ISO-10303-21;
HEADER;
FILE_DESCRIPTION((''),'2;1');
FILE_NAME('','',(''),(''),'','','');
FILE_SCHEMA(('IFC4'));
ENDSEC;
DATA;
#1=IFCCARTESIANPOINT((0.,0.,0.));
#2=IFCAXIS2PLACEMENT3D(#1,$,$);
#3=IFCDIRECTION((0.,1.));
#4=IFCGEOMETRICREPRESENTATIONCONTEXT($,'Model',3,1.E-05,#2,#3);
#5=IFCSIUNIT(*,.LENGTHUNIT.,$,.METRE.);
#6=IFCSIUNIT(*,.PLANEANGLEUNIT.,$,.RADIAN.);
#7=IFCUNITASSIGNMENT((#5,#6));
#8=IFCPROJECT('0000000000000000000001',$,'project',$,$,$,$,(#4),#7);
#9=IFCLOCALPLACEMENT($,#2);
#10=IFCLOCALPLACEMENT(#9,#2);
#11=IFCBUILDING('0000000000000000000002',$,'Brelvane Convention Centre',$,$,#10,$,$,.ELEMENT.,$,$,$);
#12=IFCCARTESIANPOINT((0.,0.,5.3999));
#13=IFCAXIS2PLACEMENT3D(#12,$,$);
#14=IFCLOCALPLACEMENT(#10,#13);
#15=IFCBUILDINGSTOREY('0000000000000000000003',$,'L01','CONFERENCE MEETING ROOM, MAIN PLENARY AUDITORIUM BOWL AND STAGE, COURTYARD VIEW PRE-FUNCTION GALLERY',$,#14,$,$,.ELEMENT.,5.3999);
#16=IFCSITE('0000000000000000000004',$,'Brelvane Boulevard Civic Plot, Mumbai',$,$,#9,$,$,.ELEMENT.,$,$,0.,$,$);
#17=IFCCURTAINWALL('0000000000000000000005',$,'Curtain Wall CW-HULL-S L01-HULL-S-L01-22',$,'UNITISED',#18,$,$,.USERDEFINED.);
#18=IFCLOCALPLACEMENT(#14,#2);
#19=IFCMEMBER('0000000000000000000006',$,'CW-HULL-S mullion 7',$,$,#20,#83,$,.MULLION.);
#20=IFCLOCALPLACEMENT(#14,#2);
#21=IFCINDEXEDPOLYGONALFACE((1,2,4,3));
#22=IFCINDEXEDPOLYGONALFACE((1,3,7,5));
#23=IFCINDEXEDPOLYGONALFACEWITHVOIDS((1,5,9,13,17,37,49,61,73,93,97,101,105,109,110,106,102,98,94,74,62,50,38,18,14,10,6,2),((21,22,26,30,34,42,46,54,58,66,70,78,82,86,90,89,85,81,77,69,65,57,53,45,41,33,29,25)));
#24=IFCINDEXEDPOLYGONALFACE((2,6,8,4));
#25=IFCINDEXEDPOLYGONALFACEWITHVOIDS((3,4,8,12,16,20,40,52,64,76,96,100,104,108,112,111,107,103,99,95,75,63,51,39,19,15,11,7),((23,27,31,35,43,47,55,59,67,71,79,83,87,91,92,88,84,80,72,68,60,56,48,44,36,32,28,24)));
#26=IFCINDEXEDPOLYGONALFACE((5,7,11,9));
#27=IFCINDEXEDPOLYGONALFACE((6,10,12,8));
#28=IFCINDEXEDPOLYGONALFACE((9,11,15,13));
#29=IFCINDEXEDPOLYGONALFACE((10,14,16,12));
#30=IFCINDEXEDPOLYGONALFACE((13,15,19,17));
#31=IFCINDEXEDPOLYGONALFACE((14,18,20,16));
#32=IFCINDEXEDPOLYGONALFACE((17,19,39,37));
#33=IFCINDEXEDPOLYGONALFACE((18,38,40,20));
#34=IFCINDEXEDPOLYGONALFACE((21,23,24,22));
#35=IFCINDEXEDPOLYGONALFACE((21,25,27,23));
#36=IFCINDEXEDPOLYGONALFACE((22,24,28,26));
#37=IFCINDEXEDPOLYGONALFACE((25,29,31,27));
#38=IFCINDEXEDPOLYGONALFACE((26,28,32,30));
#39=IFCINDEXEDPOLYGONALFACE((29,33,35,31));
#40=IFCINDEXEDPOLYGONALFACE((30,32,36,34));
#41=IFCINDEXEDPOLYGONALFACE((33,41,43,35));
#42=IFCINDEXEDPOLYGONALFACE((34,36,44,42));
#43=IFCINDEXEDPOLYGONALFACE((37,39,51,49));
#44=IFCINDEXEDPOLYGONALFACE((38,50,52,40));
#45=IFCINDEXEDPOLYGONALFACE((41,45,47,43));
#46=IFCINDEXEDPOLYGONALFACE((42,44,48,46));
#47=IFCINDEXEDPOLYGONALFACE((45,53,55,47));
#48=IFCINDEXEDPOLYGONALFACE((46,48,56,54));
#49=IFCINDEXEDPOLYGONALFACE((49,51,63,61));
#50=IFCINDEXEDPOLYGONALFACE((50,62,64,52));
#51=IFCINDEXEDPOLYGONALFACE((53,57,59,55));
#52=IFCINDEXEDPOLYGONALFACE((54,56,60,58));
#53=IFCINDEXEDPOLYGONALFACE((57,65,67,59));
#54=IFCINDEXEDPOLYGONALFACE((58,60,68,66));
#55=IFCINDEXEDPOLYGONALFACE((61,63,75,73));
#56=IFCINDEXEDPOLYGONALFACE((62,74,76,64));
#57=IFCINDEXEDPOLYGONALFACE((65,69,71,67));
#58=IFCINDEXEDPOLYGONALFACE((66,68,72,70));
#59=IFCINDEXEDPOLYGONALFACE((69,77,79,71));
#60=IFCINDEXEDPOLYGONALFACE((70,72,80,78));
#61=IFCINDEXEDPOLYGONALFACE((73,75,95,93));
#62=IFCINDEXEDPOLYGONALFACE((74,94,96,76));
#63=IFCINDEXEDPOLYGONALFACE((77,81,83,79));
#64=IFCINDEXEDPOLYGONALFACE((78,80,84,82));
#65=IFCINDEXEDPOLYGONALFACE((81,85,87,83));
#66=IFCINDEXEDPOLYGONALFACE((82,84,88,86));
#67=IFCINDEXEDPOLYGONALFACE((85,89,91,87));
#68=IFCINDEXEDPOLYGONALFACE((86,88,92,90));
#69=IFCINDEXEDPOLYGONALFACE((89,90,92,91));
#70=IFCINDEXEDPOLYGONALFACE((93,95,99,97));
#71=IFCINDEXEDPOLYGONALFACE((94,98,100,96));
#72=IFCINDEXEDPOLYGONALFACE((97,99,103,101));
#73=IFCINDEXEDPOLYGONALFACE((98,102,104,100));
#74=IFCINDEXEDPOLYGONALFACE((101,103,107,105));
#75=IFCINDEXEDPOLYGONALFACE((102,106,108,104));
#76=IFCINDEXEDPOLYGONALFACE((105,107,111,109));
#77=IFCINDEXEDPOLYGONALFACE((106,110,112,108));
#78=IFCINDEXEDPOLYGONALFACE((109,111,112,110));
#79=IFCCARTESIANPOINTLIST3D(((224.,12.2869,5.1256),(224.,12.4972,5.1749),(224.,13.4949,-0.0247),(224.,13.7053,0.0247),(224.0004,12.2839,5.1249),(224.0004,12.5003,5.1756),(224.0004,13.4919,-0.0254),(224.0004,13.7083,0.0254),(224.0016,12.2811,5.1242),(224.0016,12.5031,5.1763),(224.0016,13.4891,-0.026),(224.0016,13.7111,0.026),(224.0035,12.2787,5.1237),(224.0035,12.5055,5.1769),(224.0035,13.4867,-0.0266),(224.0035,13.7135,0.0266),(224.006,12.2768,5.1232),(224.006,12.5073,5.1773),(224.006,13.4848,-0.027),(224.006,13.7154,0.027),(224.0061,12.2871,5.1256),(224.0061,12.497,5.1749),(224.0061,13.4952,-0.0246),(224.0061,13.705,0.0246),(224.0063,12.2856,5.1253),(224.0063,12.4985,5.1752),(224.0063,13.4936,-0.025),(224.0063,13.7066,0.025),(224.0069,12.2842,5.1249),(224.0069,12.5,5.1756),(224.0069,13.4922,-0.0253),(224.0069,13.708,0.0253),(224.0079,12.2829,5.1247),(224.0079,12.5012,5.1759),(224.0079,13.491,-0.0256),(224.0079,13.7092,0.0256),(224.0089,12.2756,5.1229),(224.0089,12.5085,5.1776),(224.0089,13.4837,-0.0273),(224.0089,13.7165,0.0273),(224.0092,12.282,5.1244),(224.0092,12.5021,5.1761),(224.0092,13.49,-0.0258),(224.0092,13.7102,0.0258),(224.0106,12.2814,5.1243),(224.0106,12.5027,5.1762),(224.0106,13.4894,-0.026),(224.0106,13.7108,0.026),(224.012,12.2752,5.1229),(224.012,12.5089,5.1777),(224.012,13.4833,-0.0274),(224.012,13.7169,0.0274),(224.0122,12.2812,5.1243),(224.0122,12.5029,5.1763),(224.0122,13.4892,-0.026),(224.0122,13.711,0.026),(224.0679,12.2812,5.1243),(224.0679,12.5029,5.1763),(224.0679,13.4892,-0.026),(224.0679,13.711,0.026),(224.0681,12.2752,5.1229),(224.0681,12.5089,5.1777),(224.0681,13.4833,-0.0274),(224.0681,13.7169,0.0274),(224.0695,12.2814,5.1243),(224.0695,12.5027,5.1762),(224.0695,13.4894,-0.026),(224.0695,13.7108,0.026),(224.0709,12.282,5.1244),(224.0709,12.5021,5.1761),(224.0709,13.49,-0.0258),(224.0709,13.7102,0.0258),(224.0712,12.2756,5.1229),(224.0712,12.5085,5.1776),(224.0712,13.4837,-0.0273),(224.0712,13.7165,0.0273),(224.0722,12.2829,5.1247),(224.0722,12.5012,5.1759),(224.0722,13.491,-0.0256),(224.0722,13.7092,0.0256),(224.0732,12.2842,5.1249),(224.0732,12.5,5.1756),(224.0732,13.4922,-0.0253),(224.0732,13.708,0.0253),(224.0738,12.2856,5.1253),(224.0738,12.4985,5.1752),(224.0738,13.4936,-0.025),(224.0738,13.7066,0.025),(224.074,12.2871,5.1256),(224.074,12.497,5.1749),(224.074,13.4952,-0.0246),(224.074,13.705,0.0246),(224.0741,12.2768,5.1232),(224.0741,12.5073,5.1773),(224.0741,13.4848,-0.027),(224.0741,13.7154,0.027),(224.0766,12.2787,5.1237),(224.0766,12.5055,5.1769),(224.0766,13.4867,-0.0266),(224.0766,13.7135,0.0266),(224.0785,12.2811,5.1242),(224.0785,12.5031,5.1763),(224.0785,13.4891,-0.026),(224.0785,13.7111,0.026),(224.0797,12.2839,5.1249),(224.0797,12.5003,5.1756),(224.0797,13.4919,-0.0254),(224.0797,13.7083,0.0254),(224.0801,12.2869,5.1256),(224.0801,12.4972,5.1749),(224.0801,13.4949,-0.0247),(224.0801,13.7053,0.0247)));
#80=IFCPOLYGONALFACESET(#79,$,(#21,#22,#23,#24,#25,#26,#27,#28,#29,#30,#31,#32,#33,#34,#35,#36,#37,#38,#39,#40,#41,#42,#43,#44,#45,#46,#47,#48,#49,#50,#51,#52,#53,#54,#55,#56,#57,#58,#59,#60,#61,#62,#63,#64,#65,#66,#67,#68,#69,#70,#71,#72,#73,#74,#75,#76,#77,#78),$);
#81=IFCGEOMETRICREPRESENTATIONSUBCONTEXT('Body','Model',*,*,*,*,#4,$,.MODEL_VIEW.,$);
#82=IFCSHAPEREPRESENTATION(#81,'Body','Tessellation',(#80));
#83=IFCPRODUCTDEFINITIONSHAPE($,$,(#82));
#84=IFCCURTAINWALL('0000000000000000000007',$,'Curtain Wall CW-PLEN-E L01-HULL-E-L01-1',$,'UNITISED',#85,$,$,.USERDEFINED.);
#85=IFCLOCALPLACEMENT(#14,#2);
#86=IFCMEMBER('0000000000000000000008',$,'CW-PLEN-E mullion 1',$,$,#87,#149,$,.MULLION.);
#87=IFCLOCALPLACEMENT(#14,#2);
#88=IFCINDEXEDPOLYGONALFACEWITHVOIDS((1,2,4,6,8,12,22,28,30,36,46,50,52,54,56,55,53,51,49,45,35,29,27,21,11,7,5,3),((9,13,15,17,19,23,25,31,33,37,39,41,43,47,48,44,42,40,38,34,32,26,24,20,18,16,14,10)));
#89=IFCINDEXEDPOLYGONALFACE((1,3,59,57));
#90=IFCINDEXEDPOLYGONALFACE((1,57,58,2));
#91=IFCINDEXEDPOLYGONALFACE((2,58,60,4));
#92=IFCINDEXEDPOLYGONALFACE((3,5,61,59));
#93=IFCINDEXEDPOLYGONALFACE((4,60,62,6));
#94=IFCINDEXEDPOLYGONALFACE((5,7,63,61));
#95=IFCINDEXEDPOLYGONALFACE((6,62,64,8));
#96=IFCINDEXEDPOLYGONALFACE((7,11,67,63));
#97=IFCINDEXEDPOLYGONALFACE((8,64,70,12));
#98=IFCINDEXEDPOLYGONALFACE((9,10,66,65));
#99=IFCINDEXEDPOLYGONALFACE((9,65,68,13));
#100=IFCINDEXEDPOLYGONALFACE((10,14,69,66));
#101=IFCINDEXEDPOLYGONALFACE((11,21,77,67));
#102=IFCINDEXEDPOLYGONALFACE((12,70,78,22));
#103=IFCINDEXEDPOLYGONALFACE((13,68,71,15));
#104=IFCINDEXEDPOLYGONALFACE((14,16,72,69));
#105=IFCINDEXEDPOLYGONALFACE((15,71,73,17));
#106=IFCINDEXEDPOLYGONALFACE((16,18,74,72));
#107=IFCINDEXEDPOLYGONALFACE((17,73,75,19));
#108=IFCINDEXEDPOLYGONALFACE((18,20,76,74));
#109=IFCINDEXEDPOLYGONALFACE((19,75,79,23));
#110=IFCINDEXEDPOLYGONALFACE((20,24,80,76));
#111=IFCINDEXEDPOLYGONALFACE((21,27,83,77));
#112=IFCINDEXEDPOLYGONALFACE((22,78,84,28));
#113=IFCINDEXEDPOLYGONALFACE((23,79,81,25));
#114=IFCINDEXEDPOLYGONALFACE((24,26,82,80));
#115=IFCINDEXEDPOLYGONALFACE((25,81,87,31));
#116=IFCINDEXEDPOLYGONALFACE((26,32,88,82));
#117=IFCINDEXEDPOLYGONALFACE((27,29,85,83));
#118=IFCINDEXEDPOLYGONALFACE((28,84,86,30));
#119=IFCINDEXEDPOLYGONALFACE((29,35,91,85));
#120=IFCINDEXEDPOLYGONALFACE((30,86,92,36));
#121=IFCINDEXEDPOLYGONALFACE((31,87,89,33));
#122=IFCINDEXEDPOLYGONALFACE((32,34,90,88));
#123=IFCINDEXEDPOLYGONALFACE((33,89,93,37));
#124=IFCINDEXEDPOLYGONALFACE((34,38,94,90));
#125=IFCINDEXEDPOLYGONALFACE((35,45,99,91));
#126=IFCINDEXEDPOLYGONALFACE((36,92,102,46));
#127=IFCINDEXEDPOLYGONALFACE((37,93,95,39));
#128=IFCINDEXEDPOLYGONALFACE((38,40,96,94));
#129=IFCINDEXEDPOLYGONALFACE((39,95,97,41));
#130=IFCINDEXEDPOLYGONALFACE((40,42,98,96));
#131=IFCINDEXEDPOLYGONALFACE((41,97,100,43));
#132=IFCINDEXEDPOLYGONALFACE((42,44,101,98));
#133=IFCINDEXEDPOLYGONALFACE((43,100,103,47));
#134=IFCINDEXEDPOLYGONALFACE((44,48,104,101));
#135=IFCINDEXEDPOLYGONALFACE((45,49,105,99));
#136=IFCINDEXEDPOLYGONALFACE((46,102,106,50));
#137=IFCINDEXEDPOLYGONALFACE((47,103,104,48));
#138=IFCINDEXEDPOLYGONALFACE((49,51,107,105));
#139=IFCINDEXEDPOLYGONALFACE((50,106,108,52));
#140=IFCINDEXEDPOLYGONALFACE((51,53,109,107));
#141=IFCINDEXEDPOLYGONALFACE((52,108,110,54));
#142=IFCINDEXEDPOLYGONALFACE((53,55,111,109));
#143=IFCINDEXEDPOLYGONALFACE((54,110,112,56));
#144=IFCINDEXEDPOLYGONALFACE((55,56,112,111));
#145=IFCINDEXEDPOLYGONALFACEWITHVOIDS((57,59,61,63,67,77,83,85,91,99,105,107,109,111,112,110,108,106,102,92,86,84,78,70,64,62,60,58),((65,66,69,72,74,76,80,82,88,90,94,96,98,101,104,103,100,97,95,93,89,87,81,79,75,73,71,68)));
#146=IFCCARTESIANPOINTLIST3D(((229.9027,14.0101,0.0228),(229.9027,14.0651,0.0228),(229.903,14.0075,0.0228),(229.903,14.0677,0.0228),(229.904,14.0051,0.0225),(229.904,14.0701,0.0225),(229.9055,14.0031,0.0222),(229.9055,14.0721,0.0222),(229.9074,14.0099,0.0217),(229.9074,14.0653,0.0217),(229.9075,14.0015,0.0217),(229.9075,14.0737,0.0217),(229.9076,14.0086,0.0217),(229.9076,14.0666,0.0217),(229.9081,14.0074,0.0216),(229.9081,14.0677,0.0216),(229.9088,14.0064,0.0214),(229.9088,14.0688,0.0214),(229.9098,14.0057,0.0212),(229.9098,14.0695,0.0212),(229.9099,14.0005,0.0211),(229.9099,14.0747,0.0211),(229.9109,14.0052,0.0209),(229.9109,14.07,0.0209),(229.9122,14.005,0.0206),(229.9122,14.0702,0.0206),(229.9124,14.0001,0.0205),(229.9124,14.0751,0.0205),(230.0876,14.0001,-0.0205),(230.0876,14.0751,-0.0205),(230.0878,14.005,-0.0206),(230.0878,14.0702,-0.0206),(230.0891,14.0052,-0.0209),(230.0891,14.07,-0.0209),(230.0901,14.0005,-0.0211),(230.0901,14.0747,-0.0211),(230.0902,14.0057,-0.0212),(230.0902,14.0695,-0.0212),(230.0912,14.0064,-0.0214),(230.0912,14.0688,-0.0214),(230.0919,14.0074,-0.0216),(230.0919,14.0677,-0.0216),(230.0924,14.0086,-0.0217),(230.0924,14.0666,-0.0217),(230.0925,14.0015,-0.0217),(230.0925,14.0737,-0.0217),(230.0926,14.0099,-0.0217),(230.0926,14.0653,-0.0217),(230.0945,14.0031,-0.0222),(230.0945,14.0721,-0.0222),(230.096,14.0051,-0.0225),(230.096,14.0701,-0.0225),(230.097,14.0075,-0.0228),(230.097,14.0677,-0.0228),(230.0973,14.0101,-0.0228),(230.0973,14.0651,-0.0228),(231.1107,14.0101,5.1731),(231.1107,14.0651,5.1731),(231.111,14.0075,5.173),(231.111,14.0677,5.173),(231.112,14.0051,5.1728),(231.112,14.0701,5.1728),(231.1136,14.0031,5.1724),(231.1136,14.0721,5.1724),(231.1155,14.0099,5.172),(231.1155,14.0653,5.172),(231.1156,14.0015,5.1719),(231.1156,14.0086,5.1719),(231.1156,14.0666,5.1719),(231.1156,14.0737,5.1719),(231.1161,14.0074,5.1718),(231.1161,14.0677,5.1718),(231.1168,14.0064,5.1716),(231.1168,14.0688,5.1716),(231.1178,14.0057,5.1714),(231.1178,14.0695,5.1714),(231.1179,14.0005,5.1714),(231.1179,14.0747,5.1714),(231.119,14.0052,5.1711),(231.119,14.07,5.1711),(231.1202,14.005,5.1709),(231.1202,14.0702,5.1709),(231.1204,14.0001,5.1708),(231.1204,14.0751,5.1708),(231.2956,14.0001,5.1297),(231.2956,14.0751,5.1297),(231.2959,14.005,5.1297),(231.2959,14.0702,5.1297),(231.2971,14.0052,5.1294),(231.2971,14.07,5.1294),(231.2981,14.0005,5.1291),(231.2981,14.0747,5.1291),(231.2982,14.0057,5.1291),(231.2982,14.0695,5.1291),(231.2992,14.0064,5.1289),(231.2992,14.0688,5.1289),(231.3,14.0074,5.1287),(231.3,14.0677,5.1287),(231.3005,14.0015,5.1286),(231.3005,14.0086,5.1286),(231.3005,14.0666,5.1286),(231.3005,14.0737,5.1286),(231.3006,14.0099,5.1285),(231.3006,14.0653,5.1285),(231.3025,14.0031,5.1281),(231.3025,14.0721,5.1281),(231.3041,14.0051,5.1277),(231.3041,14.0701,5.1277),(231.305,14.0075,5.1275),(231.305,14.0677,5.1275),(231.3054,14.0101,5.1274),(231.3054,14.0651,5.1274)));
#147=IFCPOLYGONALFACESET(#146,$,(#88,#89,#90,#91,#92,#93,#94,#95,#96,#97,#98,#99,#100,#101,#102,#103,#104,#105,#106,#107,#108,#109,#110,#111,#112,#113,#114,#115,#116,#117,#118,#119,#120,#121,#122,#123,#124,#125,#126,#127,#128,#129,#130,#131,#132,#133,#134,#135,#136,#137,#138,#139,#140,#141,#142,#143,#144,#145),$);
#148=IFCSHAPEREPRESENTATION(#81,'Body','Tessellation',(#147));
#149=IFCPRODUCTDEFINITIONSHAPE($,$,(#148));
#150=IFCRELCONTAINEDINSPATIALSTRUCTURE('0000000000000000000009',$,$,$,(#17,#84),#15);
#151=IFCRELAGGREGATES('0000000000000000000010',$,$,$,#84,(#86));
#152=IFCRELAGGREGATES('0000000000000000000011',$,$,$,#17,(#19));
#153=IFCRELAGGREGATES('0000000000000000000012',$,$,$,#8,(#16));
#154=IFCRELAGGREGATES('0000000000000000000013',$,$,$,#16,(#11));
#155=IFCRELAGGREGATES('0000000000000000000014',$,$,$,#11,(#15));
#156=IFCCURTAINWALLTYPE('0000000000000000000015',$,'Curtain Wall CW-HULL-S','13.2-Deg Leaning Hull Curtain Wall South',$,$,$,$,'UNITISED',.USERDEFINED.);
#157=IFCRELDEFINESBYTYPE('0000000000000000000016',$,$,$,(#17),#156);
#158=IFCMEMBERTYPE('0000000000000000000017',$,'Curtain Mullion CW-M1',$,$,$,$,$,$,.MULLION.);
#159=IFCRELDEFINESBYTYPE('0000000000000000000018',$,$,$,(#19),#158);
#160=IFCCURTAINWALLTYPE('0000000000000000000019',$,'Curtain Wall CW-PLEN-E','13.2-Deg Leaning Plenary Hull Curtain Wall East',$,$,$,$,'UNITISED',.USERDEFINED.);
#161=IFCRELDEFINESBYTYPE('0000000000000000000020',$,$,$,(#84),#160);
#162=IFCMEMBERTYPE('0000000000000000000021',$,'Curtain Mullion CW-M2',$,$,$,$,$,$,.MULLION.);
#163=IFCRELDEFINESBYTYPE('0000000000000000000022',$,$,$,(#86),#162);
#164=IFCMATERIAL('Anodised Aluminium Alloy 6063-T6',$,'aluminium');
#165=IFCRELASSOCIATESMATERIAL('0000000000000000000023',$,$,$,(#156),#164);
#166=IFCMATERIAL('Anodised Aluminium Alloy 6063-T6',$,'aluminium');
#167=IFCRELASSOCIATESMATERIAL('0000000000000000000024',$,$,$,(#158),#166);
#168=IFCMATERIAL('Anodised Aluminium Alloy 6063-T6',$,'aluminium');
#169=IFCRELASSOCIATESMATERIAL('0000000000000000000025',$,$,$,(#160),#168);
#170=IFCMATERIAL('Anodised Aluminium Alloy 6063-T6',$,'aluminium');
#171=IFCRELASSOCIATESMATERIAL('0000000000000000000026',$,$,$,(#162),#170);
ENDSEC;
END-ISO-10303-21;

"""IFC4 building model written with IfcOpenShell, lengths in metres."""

from ifc_helpers import new_model, si_unit, direction, frame, origin, origin_2d, place, context, subcontext, project, spatial, hollow_rectangle, extrude, material, material_profile, profile_set, type_object, element, aggregate, save


model = new_model("IFC4")

# Units and contexts
model_context = context("Model", 3, precision=1e-05, world=origin(), true_north=direction((0.0, 1.0)))
body_context = subcontext(model_context, "Body", "Model", "MODEL_VIEW")
ifc_project = project(units=[si_unit("LENGTHUNIT", "METRE"), si_unit("PLANEANGLEUNIT", "RADIAN")], contexts=[model_context])

# Site, building, storey
site_placement = place(None, origin())
site = spatial("IfcSite", under=ifc_project, at=site_placement, Name="Brelvane Boulevard Civic Plot, Mumbai", CompositionType="ELEMENT", RefElevation=0.0)
building_placement = place(site_placement, origin())
building = spatial("IfcBuilding", under=site, at=building_placement, Name="Brelvane Convention Centre", CompositionType="ELEMENT")
storey_placement = place(building_placement, frame((0.0, 0.0, 5.3999)))
storey = spatial("IfcBuildingStorey", under=building, at=storey_placement, Name="L01", Description="CONFERENCE MEETING ROOM, MAIN PLENARY AUDITORIUM BOWL AND STAGE, COURTYARD VIEW PRE-FUNCTION GALLERY", CompositionType="ELEMENT", Elevation=5.3999)

# Curtain wall, member
ifc_material_1 = material(Name="Anodised Aluminium Alloy 6063-T6", Category="aluminium")
curtain_wall_type_1 = type_object("IfcCurtainWallType", Name="Curtain Wall CW-HULL-S", Description="13.2-Deg Leaning Hull Curtain Wall South", ElementType="UNITISED", PredefinedType="USERDEFINED", material=ifc_material_1)
curtain_wall_1_placement = place(storey_placement, origin())
curtain_wall_1 = element("IfcCurtainWall", 1, at=curtain_wall_1_placement, inside=storey, type_object=curtain_wall_type_1, Name="Curtain Wall CW-HULL-S L01-HULL-S-L01-22", ObjectType="UNITISED", PredefinedType="USERDEFINED")
ifc_material_2 = material(Name="Anodised Aluminium Alloy 6063-T6", Category="aluminium")
ifc_material_profile_1 = material_profile(ifc_material_2, hollow_rectangle(XDim=0.0801, YDim=0.24, WallThickness=0.0061, InnerFilletRadius=0.0061, OuterFilletRadius=0.012, at=origin_2d()), Name="ALU-M 240x80x6.0")
ifc_profile_set_1 = profile_set([ifc_material_profile_1], Name="Anodised Aluminium Alloy 6063-T6")
member_type_1 = type_object("IfcMemberType", Name="Curtain Mullion CW-M1", PredefinedType="MULLION", material=ifc_profile_set_1)
member_1_placement = place(storey_placement, frame((224.04, 13.6001, 0.0), z_axis=(0.0, -0.22836, 0.973577), x_axis=(1.0, 0.0, 0.0)))
member_1 = element("IfcMember", 2, at=member_1_placement, type_object=member_type_1, Name="CW-HULL-S mullion 7", PredefinedType="MULLION", context=body_context, shape_type="SweptSolid", body=[
    extrude(hollow_rectangle(XDim=0.0801, YDim=0.24, WallThickness=0.0061, InnerFilletRadius=0.0061, OuterFilletRadius=0.012, at=origin_2d()), origin(), (0.0, 0.0, 1.0), 5.29),
])

# Curtain wall, member
ifc_material_3 = material(Name="Anodised Aluminium Alloy 6063-T6", Category="aluminium")
curtain_wall_type_2 = type_object("IfcCurtainWallType", Name="Curtain Wall CW-PLEN-E", Description="13.2-Deg Leaning Plenary Hull Curtain Wall East", ElementType="UNITISED", PredefinedType="USERDEFINED", material=ifc_material_3)
curtain_wall_2_placement = place(storey_placement, origin())
curtain_wall_2 = element("IfcCurtainWall", 3, at=curtain_wall_2_placement, inside=storey, type_object=curtain_wall_type_2, Name="Curtain Wall CW-PLEN-E L01-HULL-E-L01-1", ObjectType="UNITISED", PredefinedType="USERDEFINED")
ifc_material_4 = material(Name="Anodised Aluminium Alloy 6063-T6", Category="aluminium")
ifc_material_profile_2 = material_profile(ifc_material_4, hollow_rectangle(XDim=0.075, YDim=0.2, WallThickness=0.0049, InnerFilletRadius=0.0049, OuterFilletRadius=0.01, at=origin_2d()), Name="ALU-M 200x75x5.0")
ifc_profile_set_2 = profile_set([ifc_material_profile_2], Name="Anodised Aluminium Alloy 6063-T6")
member_type_2 = type_object("IfcMemberType", Name="Curtain Mullion CW-M2", PredefinedType="MULLION", material=ifc_profile_set_2)
member_2_placement = place(storey_placement, frame((230.0, 14.0376, 0.0), z_axis=(0.22836, 0.0, 0.973577), x_axis=(0.0, 1.0, 0.0)))
member_2 = element("IfcMember", 4, at=member_2_placement, type_object=member_type_2, Name="CW-PLEN-E mullion 1", PredefinedType="MULLION", context=body_context, shape_type="SweptSolid", body=[
    extrude(hollow_rectangle(XDim=0.075, YDim=0.2, WallThickness=0.0049, InnerFilletRadius=0.0049, OuterFilletRadius=0.01, at=origin_2d()), origin(), (0.0, 0.0, 1.0), 5.29),
])
aggregate(curtain_wall_2, [member_2])

aggregate(curtain_wall_1, [member_1])

save(model, "model.ifc")
